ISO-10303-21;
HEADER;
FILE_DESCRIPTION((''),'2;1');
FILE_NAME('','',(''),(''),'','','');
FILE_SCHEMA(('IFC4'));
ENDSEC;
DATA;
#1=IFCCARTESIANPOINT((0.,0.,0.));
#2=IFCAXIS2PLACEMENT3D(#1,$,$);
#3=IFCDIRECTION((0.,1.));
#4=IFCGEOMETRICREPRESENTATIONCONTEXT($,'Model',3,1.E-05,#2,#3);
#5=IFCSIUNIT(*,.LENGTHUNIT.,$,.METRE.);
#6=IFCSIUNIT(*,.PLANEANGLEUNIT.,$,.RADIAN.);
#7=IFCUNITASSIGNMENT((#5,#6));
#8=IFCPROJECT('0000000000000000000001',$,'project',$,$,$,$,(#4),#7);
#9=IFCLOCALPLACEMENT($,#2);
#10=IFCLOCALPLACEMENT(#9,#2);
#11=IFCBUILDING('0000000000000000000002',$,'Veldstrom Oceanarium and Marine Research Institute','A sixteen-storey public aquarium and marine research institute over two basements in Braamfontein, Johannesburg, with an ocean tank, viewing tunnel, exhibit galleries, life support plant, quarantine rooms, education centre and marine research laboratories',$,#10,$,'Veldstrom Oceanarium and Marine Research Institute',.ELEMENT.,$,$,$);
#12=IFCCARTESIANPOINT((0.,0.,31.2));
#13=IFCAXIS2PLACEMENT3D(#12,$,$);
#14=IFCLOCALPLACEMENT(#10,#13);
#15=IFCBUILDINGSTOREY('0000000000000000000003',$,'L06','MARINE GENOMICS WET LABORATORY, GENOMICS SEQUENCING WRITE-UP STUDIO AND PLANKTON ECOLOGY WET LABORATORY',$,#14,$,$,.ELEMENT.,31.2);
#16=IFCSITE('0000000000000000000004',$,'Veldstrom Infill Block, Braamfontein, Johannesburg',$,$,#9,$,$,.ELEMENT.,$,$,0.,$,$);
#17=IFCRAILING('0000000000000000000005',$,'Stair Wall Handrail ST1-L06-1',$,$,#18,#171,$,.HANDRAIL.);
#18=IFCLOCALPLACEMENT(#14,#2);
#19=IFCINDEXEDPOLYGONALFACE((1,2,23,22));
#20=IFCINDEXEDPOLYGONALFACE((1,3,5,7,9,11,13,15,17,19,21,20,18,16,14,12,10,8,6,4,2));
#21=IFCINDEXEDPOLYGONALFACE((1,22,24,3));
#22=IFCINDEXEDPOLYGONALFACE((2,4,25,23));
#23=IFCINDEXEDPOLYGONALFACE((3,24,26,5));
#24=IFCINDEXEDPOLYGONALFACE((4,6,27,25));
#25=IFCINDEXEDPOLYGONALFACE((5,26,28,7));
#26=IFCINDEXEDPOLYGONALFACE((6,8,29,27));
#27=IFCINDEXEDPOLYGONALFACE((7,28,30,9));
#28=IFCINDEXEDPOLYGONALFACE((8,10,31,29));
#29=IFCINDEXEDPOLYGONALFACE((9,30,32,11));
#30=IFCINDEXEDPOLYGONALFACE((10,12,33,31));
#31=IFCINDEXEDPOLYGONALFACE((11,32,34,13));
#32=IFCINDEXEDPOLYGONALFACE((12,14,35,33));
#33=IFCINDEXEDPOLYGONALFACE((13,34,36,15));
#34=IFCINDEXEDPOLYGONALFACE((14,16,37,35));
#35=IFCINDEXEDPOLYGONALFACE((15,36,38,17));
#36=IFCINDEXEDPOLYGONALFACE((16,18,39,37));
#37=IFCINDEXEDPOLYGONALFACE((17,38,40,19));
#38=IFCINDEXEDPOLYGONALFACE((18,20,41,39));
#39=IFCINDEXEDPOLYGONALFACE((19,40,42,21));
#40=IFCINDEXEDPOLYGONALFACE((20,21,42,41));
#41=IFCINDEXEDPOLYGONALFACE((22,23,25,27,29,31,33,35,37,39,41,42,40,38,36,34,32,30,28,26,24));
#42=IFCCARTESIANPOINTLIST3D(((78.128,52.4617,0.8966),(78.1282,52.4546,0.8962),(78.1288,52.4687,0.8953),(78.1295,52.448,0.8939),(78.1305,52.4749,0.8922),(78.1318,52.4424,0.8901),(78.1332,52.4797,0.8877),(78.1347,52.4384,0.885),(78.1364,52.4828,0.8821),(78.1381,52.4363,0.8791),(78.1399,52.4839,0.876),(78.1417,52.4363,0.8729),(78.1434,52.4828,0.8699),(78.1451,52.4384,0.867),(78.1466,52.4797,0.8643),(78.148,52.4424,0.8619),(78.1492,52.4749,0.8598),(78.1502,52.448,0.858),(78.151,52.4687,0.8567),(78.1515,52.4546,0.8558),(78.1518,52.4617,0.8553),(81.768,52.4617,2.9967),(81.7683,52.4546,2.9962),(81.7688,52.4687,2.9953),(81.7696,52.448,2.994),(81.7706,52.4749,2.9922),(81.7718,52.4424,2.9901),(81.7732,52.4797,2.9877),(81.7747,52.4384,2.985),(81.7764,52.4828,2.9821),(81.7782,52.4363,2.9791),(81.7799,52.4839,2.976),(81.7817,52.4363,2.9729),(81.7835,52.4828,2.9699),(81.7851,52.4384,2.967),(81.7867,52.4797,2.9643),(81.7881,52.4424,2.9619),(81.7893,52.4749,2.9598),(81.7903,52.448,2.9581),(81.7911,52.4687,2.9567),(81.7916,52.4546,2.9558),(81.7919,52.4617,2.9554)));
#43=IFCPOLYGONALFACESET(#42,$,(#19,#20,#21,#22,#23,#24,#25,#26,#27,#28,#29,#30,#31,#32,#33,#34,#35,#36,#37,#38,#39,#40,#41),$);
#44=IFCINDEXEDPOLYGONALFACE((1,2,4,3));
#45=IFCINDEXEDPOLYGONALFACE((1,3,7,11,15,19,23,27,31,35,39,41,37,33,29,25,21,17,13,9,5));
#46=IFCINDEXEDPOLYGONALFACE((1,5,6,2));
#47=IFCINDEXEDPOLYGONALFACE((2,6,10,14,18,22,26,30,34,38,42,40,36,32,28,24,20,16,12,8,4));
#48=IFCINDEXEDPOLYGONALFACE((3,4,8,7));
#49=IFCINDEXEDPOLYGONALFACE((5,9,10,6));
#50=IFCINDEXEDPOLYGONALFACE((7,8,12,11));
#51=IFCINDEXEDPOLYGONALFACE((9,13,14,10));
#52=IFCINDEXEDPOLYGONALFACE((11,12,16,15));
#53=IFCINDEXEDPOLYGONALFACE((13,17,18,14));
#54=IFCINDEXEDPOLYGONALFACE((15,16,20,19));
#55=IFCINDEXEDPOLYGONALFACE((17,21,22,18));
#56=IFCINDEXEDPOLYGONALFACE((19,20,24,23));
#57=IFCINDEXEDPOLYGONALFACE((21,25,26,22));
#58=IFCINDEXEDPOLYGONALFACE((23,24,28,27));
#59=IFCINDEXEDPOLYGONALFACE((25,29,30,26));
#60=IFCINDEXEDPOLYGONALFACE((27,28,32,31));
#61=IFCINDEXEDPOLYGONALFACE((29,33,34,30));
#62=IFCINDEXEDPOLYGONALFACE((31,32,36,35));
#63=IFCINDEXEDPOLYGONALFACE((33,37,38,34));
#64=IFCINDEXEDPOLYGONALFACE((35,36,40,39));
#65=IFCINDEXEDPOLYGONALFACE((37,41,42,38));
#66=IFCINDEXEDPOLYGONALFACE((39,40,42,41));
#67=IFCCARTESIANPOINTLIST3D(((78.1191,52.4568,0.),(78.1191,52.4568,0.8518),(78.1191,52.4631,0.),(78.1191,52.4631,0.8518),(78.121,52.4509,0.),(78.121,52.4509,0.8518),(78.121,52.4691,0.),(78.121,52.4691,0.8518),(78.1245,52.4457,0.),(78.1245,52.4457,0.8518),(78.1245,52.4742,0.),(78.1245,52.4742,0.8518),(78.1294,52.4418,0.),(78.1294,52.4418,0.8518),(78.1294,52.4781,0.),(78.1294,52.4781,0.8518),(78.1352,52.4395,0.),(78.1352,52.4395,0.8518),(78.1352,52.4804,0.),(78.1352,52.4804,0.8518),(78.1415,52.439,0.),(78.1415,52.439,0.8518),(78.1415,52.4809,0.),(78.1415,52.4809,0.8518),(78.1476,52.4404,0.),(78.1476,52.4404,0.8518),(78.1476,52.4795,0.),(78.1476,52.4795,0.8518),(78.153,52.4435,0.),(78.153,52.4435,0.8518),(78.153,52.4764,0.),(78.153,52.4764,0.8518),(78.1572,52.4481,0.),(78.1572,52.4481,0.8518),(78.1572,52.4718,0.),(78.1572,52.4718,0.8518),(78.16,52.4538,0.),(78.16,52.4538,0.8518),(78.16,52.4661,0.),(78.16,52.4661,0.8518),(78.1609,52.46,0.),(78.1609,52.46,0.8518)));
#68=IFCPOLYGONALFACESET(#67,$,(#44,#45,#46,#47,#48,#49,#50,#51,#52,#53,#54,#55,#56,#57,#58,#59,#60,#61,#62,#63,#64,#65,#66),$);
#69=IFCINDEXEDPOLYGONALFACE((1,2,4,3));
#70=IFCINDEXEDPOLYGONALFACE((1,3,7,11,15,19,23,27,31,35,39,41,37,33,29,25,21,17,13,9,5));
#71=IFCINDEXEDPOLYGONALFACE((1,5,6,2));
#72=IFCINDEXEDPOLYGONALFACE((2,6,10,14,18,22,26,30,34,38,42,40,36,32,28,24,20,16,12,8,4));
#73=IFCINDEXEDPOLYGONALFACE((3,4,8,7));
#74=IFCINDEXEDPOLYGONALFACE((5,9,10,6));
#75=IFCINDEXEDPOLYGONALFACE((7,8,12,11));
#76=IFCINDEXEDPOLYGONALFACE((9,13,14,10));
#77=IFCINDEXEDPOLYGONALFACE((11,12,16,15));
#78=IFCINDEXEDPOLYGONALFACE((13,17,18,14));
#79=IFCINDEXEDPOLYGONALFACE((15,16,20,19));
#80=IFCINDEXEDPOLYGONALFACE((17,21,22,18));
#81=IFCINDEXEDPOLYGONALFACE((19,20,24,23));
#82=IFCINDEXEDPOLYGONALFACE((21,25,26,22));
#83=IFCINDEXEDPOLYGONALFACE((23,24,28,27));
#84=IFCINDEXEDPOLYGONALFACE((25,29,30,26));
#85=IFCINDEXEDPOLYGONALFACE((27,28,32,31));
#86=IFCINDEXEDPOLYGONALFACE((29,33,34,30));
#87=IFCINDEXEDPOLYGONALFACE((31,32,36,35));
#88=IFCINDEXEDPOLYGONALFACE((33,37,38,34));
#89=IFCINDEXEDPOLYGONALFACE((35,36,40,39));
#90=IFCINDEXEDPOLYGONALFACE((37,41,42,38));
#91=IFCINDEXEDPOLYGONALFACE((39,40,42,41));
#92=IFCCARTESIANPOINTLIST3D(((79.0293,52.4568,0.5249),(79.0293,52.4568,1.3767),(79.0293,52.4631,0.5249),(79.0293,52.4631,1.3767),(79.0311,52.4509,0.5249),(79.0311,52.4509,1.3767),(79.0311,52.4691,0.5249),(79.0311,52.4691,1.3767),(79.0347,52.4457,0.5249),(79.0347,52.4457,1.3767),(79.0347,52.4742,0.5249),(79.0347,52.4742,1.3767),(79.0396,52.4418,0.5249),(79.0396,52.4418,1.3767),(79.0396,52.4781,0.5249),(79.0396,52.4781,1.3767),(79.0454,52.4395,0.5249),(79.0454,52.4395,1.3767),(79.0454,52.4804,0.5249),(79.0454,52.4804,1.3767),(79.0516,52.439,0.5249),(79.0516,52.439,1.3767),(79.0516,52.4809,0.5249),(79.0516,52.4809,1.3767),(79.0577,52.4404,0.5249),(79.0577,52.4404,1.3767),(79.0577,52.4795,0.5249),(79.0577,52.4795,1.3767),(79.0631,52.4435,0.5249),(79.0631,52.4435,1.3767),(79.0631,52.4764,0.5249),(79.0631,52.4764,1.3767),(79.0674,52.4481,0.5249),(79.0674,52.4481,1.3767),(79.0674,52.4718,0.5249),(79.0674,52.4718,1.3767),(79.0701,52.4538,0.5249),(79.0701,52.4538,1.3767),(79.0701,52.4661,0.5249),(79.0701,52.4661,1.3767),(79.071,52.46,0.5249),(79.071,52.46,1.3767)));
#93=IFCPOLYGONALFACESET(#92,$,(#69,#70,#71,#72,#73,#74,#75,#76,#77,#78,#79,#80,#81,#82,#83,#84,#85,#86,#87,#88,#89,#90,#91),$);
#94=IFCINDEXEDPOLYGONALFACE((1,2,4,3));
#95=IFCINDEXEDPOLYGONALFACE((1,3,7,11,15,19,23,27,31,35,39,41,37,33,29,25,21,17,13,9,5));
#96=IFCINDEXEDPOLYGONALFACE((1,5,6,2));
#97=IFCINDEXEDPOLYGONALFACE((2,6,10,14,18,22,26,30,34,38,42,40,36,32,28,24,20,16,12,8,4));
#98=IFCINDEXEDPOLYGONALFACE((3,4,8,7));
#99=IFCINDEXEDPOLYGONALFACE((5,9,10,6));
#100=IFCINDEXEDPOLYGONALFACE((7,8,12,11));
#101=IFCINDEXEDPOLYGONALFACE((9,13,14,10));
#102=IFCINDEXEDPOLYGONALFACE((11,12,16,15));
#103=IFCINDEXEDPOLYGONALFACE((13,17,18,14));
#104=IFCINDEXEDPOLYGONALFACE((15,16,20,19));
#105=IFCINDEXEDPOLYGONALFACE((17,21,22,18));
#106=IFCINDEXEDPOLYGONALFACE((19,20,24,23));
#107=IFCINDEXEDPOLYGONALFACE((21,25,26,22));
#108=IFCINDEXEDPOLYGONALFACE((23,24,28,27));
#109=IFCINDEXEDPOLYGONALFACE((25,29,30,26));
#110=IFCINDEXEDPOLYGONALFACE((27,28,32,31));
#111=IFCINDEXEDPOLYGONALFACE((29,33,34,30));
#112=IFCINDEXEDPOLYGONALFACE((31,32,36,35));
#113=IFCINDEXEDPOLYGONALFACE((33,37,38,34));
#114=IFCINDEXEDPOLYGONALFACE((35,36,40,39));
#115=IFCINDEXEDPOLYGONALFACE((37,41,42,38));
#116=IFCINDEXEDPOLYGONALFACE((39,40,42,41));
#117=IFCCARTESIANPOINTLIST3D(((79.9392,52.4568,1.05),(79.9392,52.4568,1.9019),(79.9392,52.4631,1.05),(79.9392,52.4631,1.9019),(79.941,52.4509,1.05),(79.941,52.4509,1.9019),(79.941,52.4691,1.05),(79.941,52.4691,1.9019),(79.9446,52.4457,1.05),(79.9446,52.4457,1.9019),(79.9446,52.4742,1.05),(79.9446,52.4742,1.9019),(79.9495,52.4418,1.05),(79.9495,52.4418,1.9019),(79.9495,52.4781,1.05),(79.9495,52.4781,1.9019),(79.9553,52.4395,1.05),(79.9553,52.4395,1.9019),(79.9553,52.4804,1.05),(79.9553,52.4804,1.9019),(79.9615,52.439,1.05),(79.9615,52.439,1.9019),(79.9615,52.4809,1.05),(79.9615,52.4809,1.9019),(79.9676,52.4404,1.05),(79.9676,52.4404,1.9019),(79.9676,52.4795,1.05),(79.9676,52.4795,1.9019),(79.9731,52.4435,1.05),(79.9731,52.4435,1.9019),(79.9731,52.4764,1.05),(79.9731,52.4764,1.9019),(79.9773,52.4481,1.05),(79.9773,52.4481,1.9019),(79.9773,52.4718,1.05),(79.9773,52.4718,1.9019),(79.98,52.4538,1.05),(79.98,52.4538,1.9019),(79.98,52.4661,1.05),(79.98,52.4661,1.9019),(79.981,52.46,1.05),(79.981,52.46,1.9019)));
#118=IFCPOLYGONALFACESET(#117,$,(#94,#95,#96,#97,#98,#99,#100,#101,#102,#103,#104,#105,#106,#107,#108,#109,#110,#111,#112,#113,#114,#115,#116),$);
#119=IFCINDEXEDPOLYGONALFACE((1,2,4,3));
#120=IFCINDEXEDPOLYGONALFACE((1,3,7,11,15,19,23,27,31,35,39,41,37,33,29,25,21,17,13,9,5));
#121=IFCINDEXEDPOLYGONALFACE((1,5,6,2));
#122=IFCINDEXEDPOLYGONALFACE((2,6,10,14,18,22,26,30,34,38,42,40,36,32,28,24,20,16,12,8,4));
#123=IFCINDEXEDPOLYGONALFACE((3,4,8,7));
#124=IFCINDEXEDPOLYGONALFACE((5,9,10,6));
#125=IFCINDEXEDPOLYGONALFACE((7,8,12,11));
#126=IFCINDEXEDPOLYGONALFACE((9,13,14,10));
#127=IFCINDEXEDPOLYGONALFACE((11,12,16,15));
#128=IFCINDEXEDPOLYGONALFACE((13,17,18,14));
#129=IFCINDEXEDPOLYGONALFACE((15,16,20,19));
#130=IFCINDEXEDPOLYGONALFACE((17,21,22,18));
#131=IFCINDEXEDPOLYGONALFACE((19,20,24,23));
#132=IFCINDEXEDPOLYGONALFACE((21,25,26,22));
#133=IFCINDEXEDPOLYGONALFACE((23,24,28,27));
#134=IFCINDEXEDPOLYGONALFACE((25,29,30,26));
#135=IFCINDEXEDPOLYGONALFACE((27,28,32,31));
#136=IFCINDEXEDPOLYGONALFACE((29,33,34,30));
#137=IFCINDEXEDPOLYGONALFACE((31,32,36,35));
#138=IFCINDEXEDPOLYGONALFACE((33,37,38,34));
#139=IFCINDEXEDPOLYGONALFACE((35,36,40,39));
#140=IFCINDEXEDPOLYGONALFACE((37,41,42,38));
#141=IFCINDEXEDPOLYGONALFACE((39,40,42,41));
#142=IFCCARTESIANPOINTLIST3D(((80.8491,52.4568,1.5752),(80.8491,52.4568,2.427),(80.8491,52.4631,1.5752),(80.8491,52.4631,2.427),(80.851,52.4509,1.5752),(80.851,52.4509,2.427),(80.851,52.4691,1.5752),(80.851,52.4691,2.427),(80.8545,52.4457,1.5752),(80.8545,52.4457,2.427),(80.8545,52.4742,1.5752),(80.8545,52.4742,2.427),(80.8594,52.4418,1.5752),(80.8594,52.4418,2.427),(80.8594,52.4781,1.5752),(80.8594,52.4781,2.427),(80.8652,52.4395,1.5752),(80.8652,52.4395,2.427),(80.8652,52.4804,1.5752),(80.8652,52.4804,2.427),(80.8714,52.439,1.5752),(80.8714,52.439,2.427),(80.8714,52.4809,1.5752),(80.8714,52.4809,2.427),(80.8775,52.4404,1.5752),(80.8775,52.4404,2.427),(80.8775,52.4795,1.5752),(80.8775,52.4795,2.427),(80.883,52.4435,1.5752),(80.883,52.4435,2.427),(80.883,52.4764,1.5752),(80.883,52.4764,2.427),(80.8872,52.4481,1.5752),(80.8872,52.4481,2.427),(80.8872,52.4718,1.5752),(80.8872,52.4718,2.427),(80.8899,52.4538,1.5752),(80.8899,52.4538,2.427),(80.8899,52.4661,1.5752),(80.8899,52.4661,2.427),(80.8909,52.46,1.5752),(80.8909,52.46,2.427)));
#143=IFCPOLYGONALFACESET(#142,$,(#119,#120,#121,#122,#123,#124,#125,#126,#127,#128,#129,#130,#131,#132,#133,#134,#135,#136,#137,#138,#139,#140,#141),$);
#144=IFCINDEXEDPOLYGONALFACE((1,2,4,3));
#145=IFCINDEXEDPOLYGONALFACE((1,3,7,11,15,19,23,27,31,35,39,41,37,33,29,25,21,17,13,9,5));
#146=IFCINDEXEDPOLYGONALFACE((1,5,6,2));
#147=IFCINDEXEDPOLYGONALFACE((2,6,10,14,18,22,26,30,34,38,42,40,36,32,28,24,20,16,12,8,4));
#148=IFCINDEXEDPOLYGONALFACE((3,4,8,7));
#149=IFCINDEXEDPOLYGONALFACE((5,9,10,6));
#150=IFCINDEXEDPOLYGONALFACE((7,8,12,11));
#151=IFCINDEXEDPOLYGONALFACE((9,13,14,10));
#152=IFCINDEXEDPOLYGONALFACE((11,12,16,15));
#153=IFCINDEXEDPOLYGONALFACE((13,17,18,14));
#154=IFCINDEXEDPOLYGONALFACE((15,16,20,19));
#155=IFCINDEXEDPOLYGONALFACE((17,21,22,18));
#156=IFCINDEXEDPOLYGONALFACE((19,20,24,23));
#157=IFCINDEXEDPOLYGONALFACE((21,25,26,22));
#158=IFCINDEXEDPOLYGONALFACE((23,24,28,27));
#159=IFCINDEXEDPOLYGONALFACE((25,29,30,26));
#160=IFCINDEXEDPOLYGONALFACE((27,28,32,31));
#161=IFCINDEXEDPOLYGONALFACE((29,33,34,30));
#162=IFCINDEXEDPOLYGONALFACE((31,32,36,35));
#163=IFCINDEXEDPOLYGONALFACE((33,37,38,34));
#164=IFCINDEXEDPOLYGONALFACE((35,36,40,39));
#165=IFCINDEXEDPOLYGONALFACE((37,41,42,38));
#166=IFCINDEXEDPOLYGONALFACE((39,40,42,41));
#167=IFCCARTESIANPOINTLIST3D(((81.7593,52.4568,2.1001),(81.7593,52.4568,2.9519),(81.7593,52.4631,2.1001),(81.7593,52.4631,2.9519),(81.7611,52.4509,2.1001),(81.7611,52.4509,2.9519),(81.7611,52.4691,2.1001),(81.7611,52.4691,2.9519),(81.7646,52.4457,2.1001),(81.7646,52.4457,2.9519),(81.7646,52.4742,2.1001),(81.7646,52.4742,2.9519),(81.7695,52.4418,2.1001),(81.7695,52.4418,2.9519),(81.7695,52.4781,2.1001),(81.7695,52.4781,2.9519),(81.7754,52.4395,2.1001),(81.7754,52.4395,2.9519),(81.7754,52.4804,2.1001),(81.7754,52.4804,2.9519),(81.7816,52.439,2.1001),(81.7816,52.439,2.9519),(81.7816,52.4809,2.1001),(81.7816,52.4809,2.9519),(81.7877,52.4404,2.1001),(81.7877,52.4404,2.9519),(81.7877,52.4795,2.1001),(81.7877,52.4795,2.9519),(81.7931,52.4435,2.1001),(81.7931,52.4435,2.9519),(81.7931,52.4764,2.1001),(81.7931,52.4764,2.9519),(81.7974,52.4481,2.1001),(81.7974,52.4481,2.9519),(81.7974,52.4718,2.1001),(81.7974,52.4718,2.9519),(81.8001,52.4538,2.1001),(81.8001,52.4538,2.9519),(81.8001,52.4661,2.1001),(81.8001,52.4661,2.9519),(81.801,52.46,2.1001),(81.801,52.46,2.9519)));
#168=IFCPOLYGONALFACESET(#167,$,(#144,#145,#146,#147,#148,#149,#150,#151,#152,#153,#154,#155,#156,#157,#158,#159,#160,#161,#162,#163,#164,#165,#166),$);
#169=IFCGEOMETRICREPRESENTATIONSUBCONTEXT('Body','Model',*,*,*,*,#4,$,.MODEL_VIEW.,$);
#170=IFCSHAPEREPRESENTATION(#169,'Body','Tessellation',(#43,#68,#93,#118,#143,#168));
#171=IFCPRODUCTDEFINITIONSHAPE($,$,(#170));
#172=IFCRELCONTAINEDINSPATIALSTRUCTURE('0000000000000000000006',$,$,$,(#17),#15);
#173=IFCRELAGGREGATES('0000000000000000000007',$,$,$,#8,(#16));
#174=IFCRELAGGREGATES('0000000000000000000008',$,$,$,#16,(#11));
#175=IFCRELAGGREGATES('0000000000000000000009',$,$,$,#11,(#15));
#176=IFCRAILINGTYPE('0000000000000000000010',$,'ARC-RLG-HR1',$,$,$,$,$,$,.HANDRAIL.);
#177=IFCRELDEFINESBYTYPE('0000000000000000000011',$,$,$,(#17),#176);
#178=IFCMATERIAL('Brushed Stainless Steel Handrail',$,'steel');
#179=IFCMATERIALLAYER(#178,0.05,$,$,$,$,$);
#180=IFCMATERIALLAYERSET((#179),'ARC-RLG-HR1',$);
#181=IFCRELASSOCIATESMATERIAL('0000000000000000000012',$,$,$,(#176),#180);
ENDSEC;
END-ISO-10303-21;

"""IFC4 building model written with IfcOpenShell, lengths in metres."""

from ifc_helpers import new_model, si_unit, direction, frame, origin, origin_2d, place, context, subcontext, project, spatial, circle, extrude, material, layer, layer_set, type_object, element, save


model = new_model("IFC4")

# Units and contexts
model_context = context("Model", 3, precision=1e-05, world=origin(), true_north=direction((0.0, 1.0)))
body_context = subcontext(model_context, "Body", "Model", "MODEL_VIEW")
ifc_project = project(units=[si_unit("LENGTHUNIT", "METRE"), si_unit("PLANEANGLEUNIT", "RADIAN")], contexts=[model_context])

# Site, building, storey
site_placement = place(None, origin())
site = spatial("IfcSite", under=ifc_project, at=site_placement, Name="Veldstrom Infill Block, Braamfontein, Johannesburg", CompositionType="ELEMENT", RefElevation=0.0)
building_placement = place(site_placement, origin())
building = spatial("IfcBuilding", under=site, at=building_placement, Name="Veldstrom Oceanarium and Marine Research Institute", Description="A sixteen-storey public aquarium and marine research institute over two basements in Braamfontein, Johannesburg, with an ocean tank, viewing tunnel, exhibit galleries, life support plant, quarantine rooms, education centre and marine research laboratories", LongName="Veldstrom Oceanarium and Marine Research Institute", CompositionType="ELEMENT")
storey_placement = place(building_placement, frame((0.0, 0.0, 31.2)))
storey = spatial("IfcBuildingStorey", under=building, at=storey_placement, Name="L06", Description="MARINE GENOMICS WET LABORATORY, GENOMICS SEQUENCING WRITE-UP STUDIO AND PLANKTON ECOLOGY WET LABORATORY", CompositionType="ELEMENT", Elevation=31.2)

# Railing
ifc_material_1 = material(Name="Brushed Stainless Steel Handrail", Category="steel")
ifc_layer_1 = layer(ifc_material_1, 0.05)
ifc_layer_set_1 = layer_set([ifc_layer_1], Name="ARC-RLG-HR1")
railing_type_1 = type_object("IfcRailingType", Name="ARC-RLG-HR1", PredefinedType="HANDRAIL", material=ifc_layer_set_1)
railing_1_placement = place(storey_placement, frame((78.1399, 52.46, 0.0)))
element("IfcRailing", 1, at=railing_1_placement, inside=storey, type_object=railing_type_1, Name="Stair Wall Handrail ST1-L06-1", PredefinedType="HANDRAIL", context=body_context, shape_type="SweptSolid", body=[
    extrude(circle(Radius=0.0239, at=origin_2d()), frame((0.0, 0.0, 0.876), z_axis=(0.866184, 0.0, 0.499726), x_axis=(0.0, 1.0, 0.0)), (0.0, 0.0, 1.0), 4.2024),
    extrude(circle(Radius=0.021, at=origin_2d()), origin(), (0.0, 0.0, 1.0), 0.8518),
    extrude(circle(Radius=0.021, at=origin_2d()), frame((0.9102, 0.0, 0.5249)), (0.0, 0.0, 1.0), 0.8518),
    extrude(circle(Radius=0.021, at=origin_2d()), frame((1.8201, 0.0, 1.05)), (0.0, 0.0, 1.0), 0.8518),
    extrude(circle(Radius=0.021, at=origin_2d()), frame((2.73, 0.0, 1.5752)), (0.0, 0.0, 1.0), 0.8518),
    extrude(circle(Radius=0.021, at=origin_2d()), frame((3.6401, 0.0, 2.1001)), (0.0, 0.0, 1.0), 0.8518),
])

save(model, "model.ifc")
